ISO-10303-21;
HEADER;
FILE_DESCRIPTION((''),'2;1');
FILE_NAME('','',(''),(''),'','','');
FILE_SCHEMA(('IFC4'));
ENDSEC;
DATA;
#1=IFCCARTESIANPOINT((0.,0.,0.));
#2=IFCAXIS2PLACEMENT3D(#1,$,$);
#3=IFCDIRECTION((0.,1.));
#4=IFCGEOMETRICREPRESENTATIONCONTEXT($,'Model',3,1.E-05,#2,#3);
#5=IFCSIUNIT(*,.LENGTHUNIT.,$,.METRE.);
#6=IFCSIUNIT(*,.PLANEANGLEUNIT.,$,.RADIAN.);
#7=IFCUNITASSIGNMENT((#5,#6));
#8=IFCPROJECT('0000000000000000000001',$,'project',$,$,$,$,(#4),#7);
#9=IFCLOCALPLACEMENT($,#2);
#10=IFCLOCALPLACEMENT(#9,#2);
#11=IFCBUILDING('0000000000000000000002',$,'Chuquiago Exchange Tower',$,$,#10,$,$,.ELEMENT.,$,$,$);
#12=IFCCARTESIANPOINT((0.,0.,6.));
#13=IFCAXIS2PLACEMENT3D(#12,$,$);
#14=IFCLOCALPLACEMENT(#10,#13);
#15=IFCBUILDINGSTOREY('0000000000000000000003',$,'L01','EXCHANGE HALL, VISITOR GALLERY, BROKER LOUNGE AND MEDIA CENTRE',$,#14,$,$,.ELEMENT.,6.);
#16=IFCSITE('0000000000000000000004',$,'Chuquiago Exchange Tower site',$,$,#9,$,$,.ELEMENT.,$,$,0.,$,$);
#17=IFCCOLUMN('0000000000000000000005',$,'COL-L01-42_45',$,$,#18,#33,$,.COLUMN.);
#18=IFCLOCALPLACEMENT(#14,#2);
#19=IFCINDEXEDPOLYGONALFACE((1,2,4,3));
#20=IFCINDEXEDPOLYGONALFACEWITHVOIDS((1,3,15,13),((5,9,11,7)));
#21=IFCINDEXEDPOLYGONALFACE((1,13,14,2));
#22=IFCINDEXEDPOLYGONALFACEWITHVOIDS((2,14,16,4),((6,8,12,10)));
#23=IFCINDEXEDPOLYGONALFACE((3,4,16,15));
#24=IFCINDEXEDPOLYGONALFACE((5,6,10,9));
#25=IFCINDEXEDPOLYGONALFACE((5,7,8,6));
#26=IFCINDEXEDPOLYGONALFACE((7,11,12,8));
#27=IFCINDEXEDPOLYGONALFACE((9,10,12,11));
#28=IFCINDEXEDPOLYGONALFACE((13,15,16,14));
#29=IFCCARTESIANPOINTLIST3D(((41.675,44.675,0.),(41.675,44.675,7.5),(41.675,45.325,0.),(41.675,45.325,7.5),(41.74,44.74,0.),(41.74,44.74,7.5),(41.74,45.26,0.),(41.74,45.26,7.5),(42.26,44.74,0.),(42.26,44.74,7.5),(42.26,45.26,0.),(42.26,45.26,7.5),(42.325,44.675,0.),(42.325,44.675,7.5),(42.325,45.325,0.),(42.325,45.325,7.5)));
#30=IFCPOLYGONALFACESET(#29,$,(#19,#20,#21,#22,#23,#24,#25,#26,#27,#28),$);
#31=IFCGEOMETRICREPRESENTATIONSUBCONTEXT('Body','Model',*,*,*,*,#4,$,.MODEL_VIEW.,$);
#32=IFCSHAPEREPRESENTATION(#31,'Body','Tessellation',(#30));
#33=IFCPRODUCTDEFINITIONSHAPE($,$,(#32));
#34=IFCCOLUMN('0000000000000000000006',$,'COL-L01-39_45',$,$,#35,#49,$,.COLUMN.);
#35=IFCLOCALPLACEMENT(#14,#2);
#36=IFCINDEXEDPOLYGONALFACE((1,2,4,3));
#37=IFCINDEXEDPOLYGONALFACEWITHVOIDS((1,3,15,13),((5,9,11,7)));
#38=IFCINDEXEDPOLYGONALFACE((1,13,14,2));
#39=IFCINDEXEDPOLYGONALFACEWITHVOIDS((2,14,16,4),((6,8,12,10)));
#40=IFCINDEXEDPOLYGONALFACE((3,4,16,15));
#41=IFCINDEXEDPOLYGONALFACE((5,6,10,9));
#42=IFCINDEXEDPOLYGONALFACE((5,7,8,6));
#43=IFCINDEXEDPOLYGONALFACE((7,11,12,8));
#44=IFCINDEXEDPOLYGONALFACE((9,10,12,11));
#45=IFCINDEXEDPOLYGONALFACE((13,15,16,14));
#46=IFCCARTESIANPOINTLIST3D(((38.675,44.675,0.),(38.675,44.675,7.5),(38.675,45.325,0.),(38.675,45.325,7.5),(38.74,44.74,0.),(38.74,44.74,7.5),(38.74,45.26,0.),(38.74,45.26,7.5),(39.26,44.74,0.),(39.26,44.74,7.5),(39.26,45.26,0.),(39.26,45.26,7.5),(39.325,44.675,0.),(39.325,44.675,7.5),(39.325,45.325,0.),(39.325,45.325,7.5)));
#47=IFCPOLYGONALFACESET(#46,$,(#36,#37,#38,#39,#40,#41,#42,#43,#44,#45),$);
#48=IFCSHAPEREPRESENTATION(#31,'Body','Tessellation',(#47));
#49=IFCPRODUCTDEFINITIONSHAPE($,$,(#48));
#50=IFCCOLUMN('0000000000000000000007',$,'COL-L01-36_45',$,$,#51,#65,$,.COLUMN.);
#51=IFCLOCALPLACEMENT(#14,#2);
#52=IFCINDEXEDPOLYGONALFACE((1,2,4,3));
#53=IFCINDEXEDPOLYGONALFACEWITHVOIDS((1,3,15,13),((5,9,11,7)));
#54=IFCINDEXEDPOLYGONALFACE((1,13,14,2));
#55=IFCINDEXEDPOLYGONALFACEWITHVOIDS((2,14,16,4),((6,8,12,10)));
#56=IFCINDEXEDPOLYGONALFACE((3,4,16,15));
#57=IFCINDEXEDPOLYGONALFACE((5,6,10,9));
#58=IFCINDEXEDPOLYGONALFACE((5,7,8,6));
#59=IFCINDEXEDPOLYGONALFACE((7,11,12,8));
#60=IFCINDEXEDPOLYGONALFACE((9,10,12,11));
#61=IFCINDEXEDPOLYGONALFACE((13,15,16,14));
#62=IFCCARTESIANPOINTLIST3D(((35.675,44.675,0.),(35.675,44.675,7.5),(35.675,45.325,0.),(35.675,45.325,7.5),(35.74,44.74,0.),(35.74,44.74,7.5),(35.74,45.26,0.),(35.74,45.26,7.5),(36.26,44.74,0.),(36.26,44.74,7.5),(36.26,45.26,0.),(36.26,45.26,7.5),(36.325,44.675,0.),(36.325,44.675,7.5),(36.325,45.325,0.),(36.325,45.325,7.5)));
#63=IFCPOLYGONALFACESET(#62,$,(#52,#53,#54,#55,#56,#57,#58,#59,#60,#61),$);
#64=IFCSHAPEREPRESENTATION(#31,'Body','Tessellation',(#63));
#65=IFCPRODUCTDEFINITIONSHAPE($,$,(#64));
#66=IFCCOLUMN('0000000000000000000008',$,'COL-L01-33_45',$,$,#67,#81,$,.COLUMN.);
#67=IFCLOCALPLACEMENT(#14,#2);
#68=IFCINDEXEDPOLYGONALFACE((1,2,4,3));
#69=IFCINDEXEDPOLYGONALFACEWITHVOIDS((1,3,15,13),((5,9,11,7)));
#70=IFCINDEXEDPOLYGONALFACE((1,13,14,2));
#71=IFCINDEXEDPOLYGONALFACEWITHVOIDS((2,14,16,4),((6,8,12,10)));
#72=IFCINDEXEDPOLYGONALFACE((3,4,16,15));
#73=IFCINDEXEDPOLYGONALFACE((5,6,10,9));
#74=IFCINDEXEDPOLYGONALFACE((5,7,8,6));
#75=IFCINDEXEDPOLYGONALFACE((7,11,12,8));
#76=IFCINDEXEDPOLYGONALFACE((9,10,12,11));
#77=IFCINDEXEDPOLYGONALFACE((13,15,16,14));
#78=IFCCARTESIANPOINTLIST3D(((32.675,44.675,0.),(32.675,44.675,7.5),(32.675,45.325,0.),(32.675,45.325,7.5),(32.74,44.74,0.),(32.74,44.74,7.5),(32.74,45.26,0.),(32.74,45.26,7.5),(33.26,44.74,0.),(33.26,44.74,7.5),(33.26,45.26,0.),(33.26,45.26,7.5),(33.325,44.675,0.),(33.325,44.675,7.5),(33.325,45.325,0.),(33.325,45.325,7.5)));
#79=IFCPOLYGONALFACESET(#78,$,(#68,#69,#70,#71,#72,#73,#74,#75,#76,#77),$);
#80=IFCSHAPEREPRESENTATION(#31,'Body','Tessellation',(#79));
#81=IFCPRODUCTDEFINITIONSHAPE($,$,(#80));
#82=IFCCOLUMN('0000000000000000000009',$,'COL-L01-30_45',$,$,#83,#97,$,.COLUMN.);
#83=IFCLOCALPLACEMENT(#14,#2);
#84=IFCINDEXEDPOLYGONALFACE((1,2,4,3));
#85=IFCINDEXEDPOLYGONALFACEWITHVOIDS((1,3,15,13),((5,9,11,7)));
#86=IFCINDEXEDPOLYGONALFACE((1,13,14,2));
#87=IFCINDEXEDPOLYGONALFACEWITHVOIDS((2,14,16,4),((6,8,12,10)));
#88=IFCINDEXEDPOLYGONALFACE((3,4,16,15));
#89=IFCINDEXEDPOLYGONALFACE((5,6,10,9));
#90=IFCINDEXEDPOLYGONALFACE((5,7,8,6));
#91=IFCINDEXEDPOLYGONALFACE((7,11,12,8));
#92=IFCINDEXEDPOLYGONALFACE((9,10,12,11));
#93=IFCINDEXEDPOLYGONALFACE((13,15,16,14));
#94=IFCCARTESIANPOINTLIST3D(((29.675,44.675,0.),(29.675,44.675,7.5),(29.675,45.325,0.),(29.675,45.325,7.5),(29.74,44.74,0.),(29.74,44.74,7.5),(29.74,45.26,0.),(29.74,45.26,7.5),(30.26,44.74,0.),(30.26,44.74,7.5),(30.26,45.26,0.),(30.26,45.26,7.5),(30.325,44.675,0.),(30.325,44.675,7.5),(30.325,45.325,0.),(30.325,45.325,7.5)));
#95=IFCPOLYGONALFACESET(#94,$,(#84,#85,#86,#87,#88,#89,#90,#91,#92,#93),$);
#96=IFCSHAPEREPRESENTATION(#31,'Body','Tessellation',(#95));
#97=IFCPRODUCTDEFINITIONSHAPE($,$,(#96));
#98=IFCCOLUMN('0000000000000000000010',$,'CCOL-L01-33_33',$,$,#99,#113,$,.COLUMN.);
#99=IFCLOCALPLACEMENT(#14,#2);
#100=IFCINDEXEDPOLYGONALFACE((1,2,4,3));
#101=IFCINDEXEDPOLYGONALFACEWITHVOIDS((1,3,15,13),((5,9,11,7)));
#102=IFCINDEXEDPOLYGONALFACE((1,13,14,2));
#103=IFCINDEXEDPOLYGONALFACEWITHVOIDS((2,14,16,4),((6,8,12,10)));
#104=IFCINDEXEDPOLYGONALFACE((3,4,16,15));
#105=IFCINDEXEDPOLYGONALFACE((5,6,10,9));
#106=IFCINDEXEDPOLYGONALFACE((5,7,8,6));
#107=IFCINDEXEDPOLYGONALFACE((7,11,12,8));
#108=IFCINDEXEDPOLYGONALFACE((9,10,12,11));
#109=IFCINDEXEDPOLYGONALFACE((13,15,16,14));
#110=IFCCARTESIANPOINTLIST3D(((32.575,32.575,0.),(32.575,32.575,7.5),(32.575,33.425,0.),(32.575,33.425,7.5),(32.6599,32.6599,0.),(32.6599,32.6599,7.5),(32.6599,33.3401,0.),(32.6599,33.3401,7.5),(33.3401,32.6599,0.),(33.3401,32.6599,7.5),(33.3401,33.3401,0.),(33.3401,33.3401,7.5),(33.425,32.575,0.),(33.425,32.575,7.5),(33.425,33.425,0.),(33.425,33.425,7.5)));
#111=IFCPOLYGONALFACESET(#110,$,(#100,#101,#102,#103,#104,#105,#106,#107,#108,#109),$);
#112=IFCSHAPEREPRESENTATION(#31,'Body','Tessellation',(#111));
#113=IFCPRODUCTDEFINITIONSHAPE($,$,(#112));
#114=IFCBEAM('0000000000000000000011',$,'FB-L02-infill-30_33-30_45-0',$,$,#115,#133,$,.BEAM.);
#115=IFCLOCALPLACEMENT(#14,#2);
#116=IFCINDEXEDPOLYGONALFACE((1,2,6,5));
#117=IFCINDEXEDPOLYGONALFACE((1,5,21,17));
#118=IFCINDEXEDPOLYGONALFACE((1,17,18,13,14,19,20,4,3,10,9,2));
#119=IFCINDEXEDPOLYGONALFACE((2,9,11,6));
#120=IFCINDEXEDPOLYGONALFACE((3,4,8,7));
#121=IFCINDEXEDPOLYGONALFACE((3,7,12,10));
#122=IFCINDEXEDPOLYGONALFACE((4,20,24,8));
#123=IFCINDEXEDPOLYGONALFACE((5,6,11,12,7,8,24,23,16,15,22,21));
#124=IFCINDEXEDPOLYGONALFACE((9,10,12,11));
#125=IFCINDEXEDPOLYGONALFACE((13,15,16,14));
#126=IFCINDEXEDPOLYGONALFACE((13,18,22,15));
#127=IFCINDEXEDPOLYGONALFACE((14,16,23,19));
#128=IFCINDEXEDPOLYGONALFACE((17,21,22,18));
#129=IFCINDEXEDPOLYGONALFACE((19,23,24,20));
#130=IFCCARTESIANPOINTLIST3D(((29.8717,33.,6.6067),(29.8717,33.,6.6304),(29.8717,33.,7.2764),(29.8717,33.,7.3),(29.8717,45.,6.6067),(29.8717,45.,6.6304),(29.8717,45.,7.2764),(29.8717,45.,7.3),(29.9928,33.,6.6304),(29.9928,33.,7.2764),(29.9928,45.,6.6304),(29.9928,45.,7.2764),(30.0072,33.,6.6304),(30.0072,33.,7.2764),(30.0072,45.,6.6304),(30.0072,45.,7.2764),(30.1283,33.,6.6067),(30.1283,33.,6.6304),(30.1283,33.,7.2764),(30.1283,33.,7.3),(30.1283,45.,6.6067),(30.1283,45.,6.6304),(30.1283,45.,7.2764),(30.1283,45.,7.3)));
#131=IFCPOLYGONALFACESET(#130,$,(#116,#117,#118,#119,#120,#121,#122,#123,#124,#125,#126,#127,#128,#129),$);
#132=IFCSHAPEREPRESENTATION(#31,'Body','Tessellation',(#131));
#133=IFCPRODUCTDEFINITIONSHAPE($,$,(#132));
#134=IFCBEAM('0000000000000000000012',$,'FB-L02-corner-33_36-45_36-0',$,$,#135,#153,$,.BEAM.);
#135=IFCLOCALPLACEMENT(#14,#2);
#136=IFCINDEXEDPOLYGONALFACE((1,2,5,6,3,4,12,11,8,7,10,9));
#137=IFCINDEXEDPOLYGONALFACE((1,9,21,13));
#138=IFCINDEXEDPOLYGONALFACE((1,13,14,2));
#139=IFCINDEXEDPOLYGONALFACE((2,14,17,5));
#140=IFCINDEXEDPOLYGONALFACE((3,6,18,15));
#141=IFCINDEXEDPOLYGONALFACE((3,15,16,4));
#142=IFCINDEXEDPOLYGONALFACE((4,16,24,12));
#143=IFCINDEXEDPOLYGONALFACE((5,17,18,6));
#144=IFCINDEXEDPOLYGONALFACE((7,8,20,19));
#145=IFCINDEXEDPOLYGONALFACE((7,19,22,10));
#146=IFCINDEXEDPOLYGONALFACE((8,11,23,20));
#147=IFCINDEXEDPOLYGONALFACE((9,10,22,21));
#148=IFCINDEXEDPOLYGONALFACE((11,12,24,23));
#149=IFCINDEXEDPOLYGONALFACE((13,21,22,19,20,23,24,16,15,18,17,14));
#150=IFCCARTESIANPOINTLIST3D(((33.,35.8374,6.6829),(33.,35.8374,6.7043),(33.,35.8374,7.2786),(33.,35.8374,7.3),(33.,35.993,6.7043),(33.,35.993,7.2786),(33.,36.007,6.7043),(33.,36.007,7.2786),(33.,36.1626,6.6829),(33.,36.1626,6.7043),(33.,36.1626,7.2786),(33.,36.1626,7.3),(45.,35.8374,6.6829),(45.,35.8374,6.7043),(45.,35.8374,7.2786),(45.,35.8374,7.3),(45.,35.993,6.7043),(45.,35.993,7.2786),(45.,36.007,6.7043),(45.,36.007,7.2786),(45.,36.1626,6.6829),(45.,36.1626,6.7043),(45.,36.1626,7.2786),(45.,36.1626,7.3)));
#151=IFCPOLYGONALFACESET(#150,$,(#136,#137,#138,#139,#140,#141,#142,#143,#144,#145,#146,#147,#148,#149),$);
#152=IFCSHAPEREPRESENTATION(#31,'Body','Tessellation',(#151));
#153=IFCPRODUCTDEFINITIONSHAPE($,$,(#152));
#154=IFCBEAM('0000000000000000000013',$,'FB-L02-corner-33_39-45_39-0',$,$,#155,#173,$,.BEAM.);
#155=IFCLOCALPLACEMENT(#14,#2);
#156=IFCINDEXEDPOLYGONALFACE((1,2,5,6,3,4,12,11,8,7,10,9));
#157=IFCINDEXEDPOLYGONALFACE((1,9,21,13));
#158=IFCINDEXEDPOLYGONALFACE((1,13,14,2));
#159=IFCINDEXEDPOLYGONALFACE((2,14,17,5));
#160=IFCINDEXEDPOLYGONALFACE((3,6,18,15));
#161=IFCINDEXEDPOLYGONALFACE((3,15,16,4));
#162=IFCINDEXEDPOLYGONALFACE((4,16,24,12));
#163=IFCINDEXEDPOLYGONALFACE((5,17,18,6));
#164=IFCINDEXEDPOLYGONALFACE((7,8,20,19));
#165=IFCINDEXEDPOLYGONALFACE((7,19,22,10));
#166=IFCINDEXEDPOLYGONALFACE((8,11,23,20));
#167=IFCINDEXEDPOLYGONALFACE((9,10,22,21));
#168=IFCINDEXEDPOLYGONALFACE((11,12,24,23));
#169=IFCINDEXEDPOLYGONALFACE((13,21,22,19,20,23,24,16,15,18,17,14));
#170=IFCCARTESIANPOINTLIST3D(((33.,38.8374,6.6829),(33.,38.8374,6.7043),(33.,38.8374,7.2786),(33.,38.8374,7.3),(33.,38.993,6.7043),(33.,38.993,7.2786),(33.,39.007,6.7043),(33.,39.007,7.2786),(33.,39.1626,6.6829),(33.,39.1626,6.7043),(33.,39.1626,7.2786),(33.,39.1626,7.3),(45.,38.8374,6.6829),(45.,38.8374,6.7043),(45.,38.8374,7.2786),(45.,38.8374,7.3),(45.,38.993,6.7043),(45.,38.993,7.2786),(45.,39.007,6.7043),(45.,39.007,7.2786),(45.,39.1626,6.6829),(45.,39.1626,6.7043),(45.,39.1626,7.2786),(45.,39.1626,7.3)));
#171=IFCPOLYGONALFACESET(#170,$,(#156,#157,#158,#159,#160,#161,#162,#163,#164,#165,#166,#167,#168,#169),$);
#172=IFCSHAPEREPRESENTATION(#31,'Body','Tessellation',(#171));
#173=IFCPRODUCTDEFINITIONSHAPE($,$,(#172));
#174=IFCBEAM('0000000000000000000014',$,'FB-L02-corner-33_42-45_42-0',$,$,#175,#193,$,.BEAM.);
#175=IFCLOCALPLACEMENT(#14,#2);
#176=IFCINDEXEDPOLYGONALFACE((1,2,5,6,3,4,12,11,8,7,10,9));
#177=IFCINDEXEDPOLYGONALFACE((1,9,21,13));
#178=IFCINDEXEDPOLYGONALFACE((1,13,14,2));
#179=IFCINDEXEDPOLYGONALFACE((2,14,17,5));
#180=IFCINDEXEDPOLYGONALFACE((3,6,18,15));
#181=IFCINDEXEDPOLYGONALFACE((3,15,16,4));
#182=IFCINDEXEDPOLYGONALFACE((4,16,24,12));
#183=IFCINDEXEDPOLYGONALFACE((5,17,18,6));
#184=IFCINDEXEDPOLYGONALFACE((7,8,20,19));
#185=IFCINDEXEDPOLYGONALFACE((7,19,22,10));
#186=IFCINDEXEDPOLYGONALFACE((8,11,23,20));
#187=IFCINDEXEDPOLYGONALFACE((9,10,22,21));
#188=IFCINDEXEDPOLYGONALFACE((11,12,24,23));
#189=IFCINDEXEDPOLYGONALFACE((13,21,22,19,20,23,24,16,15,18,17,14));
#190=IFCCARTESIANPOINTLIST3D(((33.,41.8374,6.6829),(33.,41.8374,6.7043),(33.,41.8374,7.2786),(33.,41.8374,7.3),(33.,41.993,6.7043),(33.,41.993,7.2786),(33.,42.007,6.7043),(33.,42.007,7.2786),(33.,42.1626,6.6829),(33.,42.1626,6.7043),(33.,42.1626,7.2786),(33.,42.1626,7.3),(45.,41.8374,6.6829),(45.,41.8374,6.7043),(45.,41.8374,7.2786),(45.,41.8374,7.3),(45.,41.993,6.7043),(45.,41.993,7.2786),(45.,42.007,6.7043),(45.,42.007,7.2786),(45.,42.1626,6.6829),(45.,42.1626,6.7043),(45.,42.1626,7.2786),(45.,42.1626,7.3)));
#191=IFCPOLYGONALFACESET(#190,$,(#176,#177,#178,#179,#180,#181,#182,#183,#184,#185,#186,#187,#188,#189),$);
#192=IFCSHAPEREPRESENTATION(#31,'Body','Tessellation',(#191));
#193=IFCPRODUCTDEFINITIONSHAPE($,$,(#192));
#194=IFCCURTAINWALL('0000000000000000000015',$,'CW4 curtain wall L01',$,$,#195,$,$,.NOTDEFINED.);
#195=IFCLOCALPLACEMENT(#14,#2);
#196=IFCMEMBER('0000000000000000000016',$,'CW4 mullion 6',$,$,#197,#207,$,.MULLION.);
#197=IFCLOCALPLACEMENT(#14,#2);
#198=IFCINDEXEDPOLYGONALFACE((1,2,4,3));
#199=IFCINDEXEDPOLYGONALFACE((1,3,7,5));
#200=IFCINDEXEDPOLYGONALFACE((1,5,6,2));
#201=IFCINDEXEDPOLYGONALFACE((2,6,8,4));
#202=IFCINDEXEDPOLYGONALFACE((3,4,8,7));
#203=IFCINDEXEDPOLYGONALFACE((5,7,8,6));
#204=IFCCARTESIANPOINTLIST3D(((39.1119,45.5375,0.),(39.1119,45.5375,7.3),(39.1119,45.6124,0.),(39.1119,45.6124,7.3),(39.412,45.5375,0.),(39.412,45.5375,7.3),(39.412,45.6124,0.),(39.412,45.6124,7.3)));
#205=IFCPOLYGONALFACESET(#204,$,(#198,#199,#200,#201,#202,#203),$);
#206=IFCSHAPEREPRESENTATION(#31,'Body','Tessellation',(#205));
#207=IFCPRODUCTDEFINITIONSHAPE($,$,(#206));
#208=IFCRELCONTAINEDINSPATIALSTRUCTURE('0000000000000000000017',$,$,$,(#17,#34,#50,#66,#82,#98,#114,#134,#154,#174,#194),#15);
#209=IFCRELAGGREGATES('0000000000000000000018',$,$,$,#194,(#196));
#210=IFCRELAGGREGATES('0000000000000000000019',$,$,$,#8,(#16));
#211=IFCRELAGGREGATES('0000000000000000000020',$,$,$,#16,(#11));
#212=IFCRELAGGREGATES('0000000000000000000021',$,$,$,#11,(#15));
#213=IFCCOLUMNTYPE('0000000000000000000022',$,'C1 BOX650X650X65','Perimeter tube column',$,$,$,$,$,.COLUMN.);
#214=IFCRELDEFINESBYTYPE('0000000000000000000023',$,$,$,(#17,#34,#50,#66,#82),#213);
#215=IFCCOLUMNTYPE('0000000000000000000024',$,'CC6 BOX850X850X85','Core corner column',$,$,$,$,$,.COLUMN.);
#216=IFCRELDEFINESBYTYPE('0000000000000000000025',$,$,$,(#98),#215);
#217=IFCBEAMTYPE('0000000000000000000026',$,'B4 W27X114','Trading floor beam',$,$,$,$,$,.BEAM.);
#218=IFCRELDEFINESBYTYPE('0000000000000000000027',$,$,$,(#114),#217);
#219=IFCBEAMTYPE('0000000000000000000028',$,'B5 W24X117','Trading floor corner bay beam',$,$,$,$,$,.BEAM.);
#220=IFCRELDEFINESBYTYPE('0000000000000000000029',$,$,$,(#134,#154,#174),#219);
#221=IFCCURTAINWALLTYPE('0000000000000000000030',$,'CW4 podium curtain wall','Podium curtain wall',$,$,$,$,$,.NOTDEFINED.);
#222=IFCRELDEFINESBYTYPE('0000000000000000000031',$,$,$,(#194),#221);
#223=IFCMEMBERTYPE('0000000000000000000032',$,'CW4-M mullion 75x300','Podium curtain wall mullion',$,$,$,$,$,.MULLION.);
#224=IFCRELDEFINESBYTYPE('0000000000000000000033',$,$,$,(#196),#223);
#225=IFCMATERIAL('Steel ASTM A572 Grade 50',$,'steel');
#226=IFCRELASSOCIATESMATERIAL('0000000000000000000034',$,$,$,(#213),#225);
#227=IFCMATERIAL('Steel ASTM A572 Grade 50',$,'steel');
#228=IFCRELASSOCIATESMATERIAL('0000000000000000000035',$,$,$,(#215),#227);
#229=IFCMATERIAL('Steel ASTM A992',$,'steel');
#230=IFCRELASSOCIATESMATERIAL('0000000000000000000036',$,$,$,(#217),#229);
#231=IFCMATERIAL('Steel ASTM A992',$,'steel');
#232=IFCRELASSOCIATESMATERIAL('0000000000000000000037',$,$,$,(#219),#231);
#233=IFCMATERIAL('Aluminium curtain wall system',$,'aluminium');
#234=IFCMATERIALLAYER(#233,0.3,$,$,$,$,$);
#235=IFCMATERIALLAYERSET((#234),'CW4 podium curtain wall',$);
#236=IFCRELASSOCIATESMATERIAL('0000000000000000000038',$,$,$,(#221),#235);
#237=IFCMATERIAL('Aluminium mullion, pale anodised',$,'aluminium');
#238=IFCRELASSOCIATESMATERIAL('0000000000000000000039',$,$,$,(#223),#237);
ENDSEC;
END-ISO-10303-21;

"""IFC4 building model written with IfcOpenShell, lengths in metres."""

from ifc_helpers import new_model, si_unit, direction, frame, origin, origin_2d, place, context, subcontext, project, spatial, rectangle, hollow_rectangle, i_section, extrude, material, layer, layer_set, material_profile, profile_set, type_object, element, aggregate, save


model = new_model("IFC4")

# Units and contexts
model_context = context("Model", 3, precision=1e-05, world=origin(), true_north=direction((0.0, 1.0)))
body_context = subcontext(model_context, "Body", "Model", "MODEL_VIEW")
ifc_project = project(units=[si_unit("LENGTHUNIT", "METRE"), si_unit("PLANEANGLEUNIT", "RADIAN")], contexts=[model_context])

# Site, building, storey
site_placement = place(None, origin())
site = spatial("IfcSite", under=ifc_project, at=site_placement, Name="Chuquiago Exchange Tower site", CompositionType="ELEMENT", RefElevation=0.0)
building_placement = place(site_placement, origin())
building = spatial("IfcBuilding", under=site, at=building_placement, Name="Chuquiago Exchange Tower", CompositionType="ELEMENT")
storey_placement = place(building_placement, frame((0.0, 0.0, 6.0)))
storey = spatial("IfcBuildingStorey", under=building, at=storey_placement, Name="L01", Description="EXCHANGE HALL, VISITOR GALLERY, BROKER LOUNGE AND MEDIA CENTRE", CompositionType="ELEMENT", Elevation=6.0)

# Columns
ifc_material_1 = material(Name="Steel ASTM A572 Grade 50", Category="steel")
ifc_material_profile_1 = material_profile(ifc_material_1, hollow_rectangle(XDim=0.6499, YDim=0.6499, WallThickness=0.0649, at=origin_2d()), Name="BOX650X650X65")
ifc_profile_set_1 = profile_set([ifc_material_profile_1], Name="Steel ASTM A572 Grade 50")
column_type_1 = type_object("IfcColumnType", Name="C1 BOX650X650X65", Description="Perimeter tube column", PredefinedType="COLUMN", material=ifc_profile_set_1)
for number, where, z_axis, x_axis, name in (
    (1, (42.0, 45.0, 0.0), (0.0, 0.0, 1.0), (0.0, 1.0, 0.0), "COL-L01-42_45"),
    (2, (39.0, 45.0, 0.0), (0.0, 0.0, 1.0), (0.0, 1.0, 0.0), "COL-L01-39_45"),
    (3, (36.0, 45.0, 0.0), (0.0, 0.0, 1.0), (0.0, 1.0, 0.0), "COL-L01-36_45"),
    (4, (33.0, 45.0, 0.0), (0.0, 0.0, 1.0), (0.0, 1.0, 0.0), "COL-L01-33_45"),
    (5, (30.0, 45.0, 0.0), (0.0, 0.0, 1.0), (0.0, 1.0, 0.0), "COL-L01-30_45"),
):
    element("IfcColumn", number, at=place(storey_placement, frame(where, z_axis=z_axis, x_axis=x_axis)), inside=storey, type_object=column_type_1, Name=name, PredefinedType="COLUMN", context=body_context, shape_type="SweptSolid", body=[
        extrude(hollow_rectangle(XDim=0.6499, YDim=0.6499, WallThickness=0.0649, at=origin_2d()), origin(), (0.0, 0.0, 1.0), 7.5),
    ])
ifc_material_2 = material(Name="Steel ASTM A572 Grade 50", Category="steel")
ifc_material_profile_2 = material_profile(ifc_material_2, hollow_rectangle(XDim=0.8501, YDim=0.8501, WallThickness=0.085, at=origin_2d()), Name="BOX850X850X85")
ifc_profile_set_2 = profile_set([ifc_material_profile_2], Name="Steel ASTM A572 Grade 50")
column_type_2 = type_object("IfcColumnType", Name="CC6 BOX850X850X85", Description="Core corner column", PredefinedType="COLUMN", material=ifc_profile_set_2)
column_placement = place(storey_placement, frame((33.0, 33.0, 0.0), z_axis=(0.0, 0.0, 1.0), x_axis=(1.0, 0.0, 0.0)))
element("IfcColumn", 6, at=column_placement, inside=storey, type_object=column_type_2, Name="CCOL-L01-33_33", PredefinedType="COLUMN", context=body_context, shape_type="SweptSolid", body=[
    extrude(hollow_rectangle(XDim=0.8501, YDim=0.8501, WallThickness=0.085, at=origin_2d()), origin(), (0.0, 0.0, 1.0), 7.5),
])

# Beams
ifc_material_3 = material(Name="Steel ASTM A992", Category="steel")
ifc_material_profile_3 = material_profile(ifc_material_3, i_section(OverallWidth=0.2566, OverallDepth=0.6934, WebThickness=0.0144, FlangeThickness=0.0237, at=origin_2d()), Name="W27X114")
ifc_profile_set_3 = profile_set([ifc_material_profile_3], Name="Steel ASTM A992")
beam_type_1 = type_object("IfcBeamType", Name="B4 W27X114", Description="Trading floor beam", PredefinedType="BEAM", material=ifc_profile_set_3)
beam_placement = place(storey_placement, frame((30.0, 33.0, 6.9534), z_axis=(0.0, 1.0, 0.0), x_axis=(-1.0, 0.0, 0.0)))
element("IfcBeam", 7, at=beam_placement, inside=storey, type_object=beam_type_1, Name="FB-L02-infill-30_33-30_45-0", PredefinedType="BEAM", context=body_context, shape_type="SweptSolid", body=[
    extrude(i_section(OverallWidth=0.2566, OverallDepth=0.6934, WebThickness=0.0144, FlangeThickness=0.0237, at=origin_2d()), origin(), (0.0, 0.0, 1.0), 12.0),
])
ifc_material_4 = material(Name="Steel ASTM A992", Category="steel")
ifc_material_profile_4 = material_profile(ifc_material_4, i_section(OverallWidth=0.3252, OverallDepth=0.6172, WebThickness=0.0139, FlangeThickness=0.0215, at=origin_2d()), Name="W24X117")
ifc_profile_set_4 = profile_set([ifc_material_profile_4], Name="Steel ASTM A992")
beam_type_2 = type_object("IfcBeamType", Name="B5 W24X117", Description="Trading floor corner bay beam", PredefinedType="BEAM", material=ifc_profile_set_4)
for number, where, z_axis, x_axis, name in (
    (8, (33.0, 36.0, 6.9915), (1.0, 0.0, 0.0), (0.0, 1.0, 0.0), "FB-L02-corner-33_36-45_36-0"),
    (9, (33.0, 39.0, 6.9915), (1.0, 0.0, 0.0), (0.0, 1.0, 0.0), "FB-L02-corner-33_39-45_39-0"),
    (10, (33.0, 42.0, 6.9915), (1.0, 0.0, 0.0), (0.0, 1.0, 0.0), "FB-L02-corner-33_42-45_42-0"),
):
    element("IfcBeam", number, at=place(storey_placement, frame(where, z_axis=z_axis, x_axis=x_axis)), inside=storey, type_object=beam_type_2, Name=name, PredefinedType="BEAM", context=body_context, shape_type="SweptSolid", body=[
        extrude(i_section(OverallWidth=0.3252, OverallDepth=0.6172, WebThickness=0.0139, FlangeThickness=0.0215, at=origin_2d()), origin(), (0.0, 0.0, 1.0), 12.0),
    ])

# Curtain wall, member
ifc_material_5 = material(Name="Aluminium curtain wall system", Category="aluminium")
ifc_layer_1 = layer(ifc_material_5, 0.3)
ifc_layer_set_1 = layer_set([ifc_layer_1], Name="CW4 podium curtain wall")
curtain_wall_type = type_object("IfcCurtainWallType", Name="CW4 podium curtain wall", Description="Podium curtain wall", PredefinedType="NOTDEFINED", material=ifc_layer_set_1)
curtain_wall_placement = place(storey_placement, origin())
curtain_wall = element("IfcCurtainWall", 11, at=curtain_wall_placement, inside=storey, type_object=curtain_wall_type, Name="CW4 curtain wall L01", PredefinedType="NOTDEFINED")
ifc_material_6 = material(Name="Aluminium mullion, pale anodised", Category="aluminium")
ifc_material_profile_5 = material_profile(ifc_material_6, rectangle(XDim=0.075, YDim=0.3, at=origin_2d()), Name="AL 75x300")
ifc_profile_set_5 = profile_set([ifc_material_profile_5], Name="Aluminium mullion, pale anodised")
member_type_1 = type_object("IfcMemberType", Name="CW4-M mullion 75x300", Description="Podium curtain wall mullion", PredefinedType="MULLION", material=ifc_profile_set_5)
member_1_placement = place(storey_placement, frame((39.262, 45.575, 0.0), z_axis=(0.0, 0.0, 1.0), x_axis=(0.0, -1.0, 0.0)))
member_1 = element("IfcMember", 12, at=member_1_placement, type_object=member_type_1, Name="CW4 mullion 6", PredefinedType="MULLION", context=body_context, shape_type="SweptSolid", body=[
    extrude(rectangle(XDim=0.075, YDim=0.3, at=origin_2d()), origin(), (0.0, 0.0, 1.0), 7.3),
])

aggregate(curtain_wall, [member_1])

save(model, "model.ifc")
